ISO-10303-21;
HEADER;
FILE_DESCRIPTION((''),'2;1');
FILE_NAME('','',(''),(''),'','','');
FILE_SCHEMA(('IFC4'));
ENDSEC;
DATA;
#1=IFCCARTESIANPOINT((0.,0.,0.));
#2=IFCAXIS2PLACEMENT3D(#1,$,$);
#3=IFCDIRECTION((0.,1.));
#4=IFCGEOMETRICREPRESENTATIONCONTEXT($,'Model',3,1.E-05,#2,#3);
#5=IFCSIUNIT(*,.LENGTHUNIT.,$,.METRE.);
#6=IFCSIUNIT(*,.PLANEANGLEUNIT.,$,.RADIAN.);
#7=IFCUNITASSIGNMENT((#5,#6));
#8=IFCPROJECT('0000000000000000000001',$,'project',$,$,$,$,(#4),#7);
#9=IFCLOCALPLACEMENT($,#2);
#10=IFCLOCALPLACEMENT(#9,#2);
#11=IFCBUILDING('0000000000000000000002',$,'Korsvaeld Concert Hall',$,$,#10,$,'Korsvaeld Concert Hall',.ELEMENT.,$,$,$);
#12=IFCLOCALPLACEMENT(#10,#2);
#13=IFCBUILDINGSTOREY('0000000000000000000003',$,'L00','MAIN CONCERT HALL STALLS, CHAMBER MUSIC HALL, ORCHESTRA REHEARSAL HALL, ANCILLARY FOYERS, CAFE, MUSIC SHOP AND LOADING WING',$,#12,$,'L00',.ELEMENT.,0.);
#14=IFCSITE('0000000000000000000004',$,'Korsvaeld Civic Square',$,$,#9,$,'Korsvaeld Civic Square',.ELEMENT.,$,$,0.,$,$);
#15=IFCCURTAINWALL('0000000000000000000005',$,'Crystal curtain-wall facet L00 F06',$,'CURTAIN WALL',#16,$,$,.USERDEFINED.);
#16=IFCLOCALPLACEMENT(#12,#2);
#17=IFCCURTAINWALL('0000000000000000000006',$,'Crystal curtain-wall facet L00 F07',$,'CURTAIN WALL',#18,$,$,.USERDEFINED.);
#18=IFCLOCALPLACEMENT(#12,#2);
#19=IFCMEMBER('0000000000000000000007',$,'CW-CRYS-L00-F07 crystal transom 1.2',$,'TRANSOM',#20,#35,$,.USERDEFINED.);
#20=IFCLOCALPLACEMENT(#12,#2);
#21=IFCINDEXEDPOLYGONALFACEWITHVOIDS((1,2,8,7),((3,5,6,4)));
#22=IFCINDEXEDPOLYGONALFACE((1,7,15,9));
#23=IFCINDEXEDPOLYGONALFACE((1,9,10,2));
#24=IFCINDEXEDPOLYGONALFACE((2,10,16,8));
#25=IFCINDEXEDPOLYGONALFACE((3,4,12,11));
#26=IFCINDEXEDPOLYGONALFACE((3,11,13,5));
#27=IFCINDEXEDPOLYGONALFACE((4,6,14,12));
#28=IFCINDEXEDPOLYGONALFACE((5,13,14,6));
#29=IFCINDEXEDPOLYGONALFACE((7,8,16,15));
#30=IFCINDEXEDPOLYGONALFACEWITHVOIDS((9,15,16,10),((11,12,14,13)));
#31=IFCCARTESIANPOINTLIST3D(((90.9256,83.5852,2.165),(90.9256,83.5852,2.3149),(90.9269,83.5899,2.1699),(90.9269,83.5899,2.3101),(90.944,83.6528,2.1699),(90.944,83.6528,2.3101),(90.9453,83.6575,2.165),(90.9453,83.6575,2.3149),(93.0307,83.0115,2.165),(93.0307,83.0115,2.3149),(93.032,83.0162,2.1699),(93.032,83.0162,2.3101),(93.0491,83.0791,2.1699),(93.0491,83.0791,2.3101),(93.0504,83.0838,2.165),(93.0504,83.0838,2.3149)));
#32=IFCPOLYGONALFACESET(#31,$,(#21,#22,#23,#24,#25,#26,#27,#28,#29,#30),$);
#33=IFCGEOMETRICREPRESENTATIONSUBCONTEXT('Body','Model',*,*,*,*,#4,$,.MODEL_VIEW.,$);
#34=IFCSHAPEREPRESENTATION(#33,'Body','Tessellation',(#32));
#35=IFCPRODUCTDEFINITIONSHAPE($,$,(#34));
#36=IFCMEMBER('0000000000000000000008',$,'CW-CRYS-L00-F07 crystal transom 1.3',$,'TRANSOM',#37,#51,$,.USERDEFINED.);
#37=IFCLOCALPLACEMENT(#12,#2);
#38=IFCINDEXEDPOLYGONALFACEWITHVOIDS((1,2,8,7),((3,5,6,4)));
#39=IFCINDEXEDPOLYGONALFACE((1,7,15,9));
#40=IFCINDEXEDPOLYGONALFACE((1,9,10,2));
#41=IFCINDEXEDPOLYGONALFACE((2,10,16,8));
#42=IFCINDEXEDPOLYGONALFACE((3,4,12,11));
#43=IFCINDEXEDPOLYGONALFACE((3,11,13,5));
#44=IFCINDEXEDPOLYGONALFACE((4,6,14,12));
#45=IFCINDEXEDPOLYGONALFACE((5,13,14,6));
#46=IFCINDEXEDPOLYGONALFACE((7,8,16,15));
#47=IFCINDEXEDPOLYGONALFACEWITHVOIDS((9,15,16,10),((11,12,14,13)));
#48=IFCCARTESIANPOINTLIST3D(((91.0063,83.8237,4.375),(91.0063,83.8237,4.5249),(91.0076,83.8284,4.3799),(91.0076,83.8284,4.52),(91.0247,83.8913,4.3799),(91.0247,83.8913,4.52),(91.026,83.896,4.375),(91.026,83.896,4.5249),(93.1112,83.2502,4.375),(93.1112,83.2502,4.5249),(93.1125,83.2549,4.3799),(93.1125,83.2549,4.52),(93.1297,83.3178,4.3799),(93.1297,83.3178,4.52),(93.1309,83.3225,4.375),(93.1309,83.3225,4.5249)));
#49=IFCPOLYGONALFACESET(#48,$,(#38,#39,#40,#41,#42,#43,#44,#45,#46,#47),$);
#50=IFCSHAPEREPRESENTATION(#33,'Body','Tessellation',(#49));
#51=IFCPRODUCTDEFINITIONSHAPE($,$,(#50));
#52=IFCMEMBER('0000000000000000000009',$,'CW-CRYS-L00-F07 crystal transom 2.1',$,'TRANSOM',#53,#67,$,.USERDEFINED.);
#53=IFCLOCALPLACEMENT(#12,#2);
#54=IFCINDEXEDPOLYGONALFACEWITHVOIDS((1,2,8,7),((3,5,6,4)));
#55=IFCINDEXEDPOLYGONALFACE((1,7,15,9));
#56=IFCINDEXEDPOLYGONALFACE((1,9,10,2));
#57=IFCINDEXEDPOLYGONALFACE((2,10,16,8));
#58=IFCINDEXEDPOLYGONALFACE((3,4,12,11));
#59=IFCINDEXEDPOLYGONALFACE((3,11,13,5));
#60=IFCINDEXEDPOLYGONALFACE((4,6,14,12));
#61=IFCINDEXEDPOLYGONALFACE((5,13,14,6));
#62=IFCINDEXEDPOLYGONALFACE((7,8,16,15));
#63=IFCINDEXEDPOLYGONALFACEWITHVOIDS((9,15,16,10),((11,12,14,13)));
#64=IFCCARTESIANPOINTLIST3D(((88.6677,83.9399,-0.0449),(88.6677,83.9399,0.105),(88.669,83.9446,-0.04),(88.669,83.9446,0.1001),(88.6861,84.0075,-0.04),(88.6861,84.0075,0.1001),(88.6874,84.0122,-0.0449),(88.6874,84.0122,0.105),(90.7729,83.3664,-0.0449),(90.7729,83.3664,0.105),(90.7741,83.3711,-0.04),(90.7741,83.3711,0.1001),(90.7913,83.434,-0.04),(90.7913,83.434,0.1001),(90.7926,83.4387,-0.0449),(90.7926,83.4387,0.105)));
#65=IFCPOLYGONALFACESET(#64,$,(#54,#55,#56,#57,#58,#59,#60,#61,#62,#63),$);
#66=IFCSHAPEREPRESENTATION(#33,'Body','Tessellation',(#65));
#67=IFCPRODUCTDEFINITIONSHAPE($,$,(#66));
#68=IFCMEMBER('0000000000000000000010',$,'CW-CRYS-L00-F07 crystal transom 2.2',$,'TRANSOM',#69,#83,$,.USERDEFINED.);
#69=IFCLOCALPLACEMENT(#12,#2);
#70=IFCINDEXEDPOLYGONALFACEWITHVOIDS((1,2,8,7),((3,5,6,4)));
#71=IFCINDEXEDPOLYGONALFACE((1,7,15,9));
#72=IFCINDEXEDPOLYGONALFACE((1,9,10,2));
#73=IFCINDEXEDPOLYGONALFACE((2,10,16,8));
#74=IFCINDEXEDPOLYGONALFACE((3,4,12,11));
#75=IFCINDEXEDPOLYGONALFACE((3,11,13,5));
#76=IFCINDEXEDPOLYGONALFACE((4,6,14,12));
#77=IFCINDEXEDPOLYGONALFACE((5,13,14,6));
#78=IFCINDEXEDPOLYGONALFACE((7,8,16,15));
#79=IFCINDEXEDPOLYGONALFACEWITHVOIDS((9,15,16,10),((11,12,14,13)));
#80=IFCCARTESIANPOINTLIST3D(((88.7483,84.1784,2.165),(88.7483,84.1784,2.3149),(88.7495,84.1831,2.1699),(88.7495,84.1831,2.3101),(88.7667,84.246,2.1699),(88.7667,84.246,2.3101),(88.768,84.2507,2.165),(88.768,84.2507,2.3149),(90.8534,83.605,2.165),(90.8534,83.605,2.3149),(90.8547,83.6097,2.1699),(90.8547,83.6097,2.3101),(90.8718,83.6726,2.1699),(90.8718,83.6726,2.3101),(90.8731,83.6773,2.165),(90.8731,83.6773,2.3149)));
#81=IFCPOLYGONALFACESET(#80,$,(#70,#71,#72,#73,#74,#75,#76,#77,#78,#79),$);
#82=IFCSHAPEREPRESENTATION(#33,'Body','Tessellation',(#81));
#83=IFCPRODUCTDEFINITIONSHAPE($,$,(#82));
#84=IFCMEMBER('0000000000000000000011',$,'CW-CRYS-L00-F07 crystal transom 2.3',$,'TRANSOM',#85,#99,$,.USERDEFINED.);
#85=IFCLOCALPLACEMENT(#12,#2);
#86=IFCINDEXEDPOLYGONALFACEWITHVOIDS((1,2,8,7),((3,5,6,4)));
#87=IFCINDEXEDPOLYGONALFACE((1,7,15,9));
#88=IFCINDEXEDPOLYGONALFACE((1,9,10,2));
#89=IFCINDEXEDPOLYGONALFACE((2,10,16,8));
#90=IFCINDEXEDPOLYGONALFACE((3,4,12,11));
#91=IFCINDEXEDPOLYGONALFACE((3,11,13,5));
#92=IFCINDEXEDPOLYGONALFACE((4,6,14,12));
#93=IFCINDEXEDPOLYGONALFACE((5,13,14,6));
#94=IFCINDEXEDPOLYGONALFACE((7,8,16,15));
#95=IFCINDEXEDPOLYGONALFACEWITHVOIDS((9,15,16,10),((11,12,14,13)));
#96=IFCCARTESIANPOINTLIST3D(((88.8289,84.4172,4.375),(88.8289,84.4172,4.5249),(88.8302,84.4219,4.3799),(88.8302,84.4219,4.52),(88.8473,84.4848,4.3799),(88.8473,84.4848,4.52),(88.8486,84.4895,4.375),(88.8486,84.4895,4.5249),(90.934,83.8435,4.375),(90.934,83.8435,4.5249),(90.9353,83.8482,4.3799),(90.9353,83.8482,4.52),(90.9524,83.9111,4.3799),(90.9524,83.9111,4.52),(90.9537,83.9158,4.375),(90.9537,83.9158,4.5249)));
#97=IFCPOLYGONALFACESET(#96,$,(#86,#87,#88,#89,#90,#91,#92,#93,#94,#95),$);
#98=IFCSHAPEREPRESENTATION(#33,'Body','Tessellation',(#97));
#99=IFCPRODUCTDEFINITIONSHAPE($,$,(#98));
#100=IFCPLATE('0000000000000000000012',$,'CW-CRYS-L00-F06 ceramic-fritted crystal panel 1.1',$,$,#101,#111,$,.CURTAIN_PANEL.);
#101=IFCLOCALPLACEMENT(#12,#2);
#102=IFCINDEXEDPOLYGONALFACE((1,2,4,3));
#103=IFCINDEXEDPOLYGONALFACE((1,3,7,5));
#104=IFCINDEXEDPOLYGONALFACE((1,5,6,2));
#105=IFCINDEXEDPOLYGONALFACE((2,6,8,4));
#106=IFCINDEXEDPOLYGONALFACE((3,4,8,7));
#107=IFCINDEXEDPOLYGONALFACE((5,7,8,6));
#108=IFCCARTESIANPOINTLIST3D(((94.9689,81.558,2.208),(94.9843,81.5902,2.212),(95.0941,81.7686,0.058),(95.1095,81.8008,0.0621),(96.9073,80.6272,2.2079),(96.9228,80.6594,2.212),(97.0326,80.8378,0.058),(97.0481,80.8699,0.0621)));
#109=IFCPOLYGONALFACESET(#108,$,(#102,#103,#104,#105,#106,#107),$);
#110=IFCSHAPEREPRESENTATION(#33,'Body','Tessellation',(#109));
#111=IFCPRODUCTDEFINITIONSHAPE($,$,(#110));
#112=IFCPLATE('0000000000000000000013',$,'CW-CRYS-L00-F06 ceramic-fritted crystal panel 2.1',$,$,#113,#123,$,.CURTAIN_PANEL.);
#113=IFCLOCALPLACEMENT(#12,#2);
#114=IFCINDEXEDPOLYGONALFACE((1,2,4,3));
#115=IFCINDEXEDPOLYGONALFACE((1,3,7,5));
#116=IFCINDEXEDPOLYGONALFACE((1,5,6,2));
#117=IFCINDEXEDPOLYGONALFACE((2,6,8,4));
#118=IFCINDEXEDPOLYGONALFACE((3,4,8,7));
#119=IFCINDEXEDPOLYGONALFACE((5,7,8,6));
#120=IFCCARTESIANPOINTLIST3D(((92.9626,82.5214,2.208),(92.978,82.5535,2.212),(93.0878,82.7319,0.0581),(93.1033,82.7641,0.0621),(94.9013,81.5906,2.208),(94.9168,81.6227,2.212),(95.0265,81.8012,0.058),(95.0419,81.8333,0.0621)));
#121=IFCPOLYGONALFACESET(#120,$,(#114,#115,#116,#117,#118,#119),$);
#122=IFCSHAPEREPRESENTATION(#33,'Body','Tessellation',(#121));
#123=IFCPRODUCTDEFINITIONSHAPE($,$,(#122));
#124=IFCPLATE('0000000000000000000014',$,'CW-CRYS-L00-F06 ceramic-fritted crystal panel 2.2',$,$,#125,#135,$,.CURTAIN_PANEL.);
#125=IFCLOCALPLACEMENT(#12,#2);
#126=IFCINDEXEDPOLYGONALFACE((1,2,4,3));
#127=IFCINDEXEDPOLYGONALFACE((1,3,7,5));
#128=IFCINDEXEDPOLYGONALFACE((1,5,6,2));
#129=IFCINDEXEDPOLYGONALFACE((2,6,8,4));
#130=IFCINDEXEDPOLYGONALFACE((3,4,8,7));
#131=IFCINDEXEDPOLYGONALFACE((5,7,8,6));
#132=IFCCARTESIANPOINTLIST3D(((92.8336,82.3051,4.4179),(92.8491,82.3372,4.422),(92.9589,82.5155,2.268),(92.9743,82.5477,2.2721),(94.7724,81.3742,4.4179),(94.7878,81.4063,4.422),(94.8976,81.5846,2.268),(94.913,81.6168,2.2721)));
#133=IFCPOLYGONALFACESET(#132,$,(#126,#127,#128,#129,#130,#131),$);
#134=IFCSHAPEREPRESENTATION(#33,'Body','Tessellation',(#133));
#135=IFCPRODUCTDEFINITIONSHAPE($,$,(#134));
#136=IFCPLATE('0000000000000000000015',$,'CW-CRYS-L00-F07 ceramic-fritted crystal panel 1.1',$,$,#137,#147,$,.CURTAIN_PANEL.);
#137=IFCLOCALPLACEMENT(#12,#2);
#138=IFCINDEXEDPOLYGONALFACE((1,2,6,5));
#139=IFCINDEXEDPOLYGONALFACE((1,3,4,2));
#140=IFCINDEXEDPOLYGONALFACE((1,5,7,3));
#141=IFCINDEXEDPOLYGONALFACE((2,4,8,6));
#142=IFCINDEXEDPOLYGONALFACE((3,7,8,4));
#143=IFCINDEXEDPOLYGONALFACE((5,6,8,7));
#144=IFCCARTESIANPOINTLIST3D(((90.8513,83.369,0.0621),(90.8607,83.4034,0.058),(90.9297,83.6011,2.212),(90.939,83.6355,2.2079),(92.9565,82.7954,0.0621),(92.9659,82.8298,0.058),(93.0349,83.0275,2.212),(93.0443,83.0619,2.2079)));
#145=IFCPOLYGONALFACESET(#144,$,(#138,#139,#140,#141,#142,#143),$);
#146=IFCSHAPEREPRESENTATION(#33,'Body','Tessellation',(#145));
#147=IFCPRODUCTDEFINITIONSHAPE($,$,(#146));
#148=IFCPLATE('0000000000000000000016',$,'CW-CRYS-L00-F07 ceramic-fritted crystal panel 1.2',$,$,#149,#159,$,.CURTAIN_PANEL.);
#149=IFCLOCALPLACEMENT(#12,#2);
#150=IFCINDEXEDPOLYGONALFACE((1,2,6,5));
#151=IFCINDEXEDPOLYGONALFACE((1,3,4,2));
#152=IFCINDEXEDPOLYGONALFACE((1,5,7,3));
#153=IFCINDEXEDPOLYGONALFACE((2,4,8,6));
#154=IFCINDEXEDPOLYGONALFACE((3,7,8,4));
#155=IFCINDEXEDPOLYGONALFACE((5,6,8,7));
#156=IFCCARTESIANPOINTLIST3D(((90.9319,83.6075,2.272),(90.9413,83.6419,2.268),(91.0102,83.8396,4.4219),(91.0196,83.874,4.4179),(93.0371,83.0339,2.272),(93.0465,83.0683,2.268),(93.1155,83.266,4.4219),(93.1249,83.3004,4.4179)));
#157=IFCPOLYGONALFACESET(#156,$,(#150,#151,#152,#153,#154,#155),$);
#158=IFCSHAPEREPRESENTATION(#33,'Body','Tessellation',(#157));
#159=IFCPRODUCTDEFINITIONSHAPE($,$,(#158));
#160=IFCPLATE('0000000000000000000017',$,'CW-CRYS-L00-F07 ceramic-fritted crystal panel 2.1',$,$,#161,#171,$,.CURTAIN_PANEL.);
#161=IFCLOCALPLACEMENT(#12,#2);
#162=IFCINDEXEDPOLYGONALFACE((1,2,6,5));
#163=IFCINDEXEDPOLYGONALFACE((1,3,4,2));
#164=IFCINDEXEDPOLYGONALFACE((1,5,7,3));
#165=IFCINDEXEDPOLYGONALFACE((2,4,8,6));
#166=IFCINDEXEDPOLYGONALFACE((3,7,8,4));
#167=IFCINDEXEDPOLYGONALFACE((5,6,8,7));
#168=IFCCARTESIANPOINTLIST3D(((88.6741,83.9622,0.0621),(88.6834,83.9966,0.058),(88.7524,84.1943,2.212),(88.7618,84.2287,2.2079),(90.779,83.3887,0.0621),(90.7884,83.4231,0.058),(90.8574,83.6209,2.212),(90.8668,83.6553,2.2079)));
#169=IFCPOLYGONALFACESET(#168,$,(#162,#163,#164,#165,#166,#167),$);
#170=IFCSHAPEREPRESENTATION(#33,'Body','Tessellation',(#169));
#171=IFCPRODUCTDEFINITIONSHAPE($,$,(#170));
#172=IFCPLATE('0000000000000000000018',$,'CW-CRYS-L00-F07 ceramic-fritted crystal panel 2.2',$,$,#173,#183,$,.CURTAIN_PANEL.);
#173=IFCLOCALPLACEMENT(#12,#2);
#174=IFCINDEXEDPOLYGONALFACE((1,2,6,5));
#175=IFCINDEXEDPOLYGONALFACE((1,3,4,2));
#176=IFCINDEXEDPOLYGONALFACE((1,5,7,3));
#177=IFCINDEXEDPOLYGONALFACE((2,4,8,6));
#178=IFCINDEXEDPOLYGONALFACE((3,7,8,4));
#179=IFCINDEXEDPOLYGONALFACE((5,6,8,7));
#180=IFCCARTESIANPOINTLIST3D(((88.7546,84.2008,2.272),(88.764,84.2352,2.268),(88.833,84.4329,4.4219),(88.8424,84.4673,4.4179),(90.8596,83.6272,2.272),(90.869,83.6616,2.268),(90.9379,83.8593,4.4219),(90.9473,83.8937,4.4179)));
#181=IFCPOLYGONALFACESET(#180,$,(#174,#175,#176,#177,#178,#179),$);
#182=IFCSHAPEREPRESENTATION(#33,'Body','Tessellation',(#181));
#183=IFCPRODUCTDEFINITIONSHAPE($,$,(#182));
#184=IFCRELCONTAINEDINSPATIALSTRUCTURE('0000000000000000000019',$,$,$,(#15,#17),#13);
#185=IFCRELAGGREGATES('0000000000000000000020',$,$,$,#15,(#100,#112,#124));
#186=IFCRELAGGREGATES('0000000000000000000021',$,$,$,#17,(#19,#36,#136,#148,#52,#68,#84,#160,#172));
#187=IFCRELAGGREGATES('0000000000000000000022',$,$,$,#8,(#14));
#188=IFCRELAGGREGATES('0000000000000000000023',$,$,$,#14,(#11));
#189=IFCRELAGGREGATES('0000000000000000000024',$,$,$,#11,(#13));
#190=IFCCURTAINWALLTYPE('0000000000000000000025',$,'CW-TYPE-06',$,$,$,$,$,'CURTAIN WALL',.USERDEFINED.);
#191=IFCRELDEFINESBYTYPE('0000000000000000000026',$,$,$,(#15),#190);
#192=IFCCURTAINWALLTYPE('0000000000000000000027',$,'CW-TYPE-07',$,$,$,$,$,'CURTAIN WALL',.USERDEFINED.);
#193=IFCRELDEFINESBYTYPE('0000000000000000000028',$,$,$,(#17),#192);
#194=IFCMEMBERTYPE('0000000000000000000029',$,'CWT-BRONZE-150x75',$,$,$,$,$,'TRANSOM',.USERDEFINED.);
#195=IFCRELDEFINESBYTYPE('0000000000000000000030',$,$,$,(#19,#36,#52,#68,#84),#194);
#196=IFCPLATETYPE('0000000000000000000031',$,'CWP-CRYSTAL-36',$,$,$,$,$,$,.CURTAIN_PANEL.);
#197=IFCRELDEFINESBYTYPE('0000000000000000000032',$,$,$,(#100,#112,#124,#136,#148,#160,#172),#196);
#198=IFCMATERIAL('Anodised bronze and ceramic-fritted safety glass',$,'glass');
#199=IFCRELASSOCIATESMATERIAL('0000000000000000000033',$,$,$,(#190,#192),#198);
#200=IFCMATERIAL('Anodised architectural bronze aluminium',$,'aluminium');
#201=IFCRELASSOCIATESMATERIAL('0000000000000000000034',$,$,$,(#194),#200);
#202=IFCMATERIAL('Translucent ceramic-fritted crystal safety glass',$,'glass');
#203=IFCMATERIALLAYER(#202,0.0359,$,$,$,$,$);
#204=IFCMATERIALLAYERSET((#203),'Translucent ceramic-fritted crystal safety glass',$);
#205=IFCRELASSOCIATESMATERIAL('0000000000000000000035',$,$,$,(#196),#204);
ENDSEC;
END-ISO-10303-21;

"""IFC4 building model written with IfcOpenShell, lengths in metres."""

from ifc_helpers import new_model, si_unit, direction, frame, origin, origin_2d, place, context, subcontext, project, spatial, polyline, hollow_rectangle, outline, extrude, material, layer, layer_set, material_profile, profile_set, type_object, element, aggregate, save


model = new_model("IFC4")

# Units and contexts
model_context = context("Model", 3, precision=1e-05, world=origin(), true_north=direction((0.0, 1.0)))
body_context = subcontext(model_context, "Body", "Model", "MODEL_VIEW")
ifc_project = project(units=[si_unit("LENGTHUNIT", "METRE"), si_unit("PLANEANGLEUNIT", "RADIAN")], contexts=[model_context])

# Site, building, storey
site_placement = place(None, origin())
site = spatial("IfcSite", under=ifc_project, at=site_placement, Name="Korsvaeld Civic Square", LongName="Korsvaeld Civic Square", CompositionType="ELEMENT", RefElevation=0.0)
building_placement = place(site_placement, origin())
building = spatial("IfcBuilding", under=site, at=building_placement, Name="Korsvaeld Concert Hall", LongName="Korsvaeld Concert Hall", CompositionType="ELEMENT")
storey_placement = place(building_placement, origin())
storey = spatial("IfcBuildingStorey", under=building, at=storey_placement, Name="L00", Description="MAIN CONCERT HALL STALLS, CHAMBER MUSIC HALL, ORCHESTRA REHEARSAL HALL, ANCILLARY FOYERS, CAFE, MUSIC SHOP AND LOADING WING", LongName="L00", CompositionType="ELEMENT", Elevation=0.0)

# Curtain walls
ifc_material_1 = material(Name="Anodised bronze and ceramic-fritted safety glass", Category="glass")
curtain_wall_type_1 = type_object("IfcCurtainWallType", Name="CW-TYPE-06", ElementType="CURTAIN WALL", PredefinedType="USERDEFINED", material=ifc_material_1)
curtain_wall_1_placement = place(storey_placement, origin())
curtain_wall_1 = element("IfcCurtainWall", 1, at=curtain_wall_1_placement, inside=storey, type_object=curtain_wall_type_1, Name="Crystal curtain-wall facet L00 F06", ObjectType="CURTAIN WALL", PredefinedType="USERDEFINED")
ifc_material_2 = material(Name="Anodised architectural bronze aluminium", Category="aluminium")
curtain_wall_type_2 = type_object("IfcCurtainWallType", Name="CW-TYPE-07", ElementType="CURTAIN WALL", PredefinedType="USERDEFINED", material=ifc_material_1)
curtain_wall_2_placement = place(storey_placement, origin())
curtain_wall_2 = element("IfcCurtainWall", 2, at=curtain_wall_2_placement, inside=storey, type_object=curtain_wall_type_2, Name="Crystal curtain-wall facet L00 F07", ObjectType="CURTAIN WALL", PredefinedType="USERDEFINED")

# Members
ifc_material_profile_1 = material_profile(ifc_material_2, hollow_rectangle(XDim=0.075, YDim=0.1499, WallThickness=0.0049, at=origin_2d()), Name="CWT 150x75x5")
ifc_profile_set_1 = profile_set([ifc_material_profile_1], Name="Anodised architectural bronze aluminium")
member_type_1 = type_object("IfcMemberType", Name="CWT-BRONZE-150x75", ElementType="TRANSOM", PredefinedType="USERDEFINED", material=ifc_profile_set_1)
member_1_placement = place(storey_placement, frame((93.0405, 83.0476, 2.24), z_axis=(-0.964805, 0.262966, 0.0), x_axis=(-0.262966, -0.964805, 0.0)))
member_1 = element("IfcMember", 3, at=member_1_placement, type_object=member_type_1, Name="CW-CRYS-L00-F07 crystal transom 1.2", ObjectType="TRANSOM", PredefinedType="USERDEFINED", context=body_context, shape_type="SweptSolid", body=[
    extrude(hollow_rectangle(XDim=0.075, YDim=0.1499, WallThickness=0.0049, at=origin_2d()), origin(), (0.0, 0.0, 1.0), 2.1819),
])
member_2_placement = place(storey_placement, frame((93.1211, 83.2864, 4.45), z_axis=(-0.964834, 0.262862, 0.0), x_axis=(-0.262862, -0.964834, 0.0)))
member_2 = element("IfcMember", 4, at=member_2_placement, type_object=member_type_1, Name="CW-CRYS-L00-F07 crystal transom 1.3", ObjectType="TRANSOM", PredefinedType="USERDEFINED", context=body_context, shape_type="SweptSolid", body=[
    extrude(hollow_rectangle(XDim=0.075, YDim=0.1499, WallThickness=0.0049, at=origin_2d()), origin(), (0.0, 0.0, 1.0), 2.1816),
])
member_3_placement = place(storey_placement, frame((90.7827, 83.4026, 0.03), z_axis=(-0.964841, 0.262833, 0.0), x_axis=(-0.262833, -0.964841, 0.0)))
member_3 = element("IfcMember", 5, at=member_3_placement, type_object=member_type_1, Name="CW-CRYS-L00-F07 crystal transom 2.1", ObjectType="TRANSOM", PredefinedType="USERDEFINED", context=body_context, shape_type="SweptSolid", body=[
    extrude(hollow_rectangle(XDim=0.075, YDim=0.1499, WallThickness=0.0049, at=origin_2d()), origin(), (0.0, 0.0, 1.0), 2.1819),
])
member_4_placement = place(storey_placement, frame((90.8633, 83.6411, 2.24), z_axis=(-0.964841, 0.262833, 0.0), x_axis=(-0.262833, -0.964841, 0.0)))
member_4 = element("IfcMember", 6, at=member_4_placement, type_object=member_type_1, Name="CW-CRYS-L00-F07 crystal transom 2.2", ObjectType="TRANSOM", PredefinedType="USERDEFINED", context=body_context, shape_type="SweptSolid", body=[
    extrude(hollow_rectangle(XDim=0.075, YDim=0.1499, WallThickness=0.0049, at=origin_2d()), origin(), (0.0, 0.0, 1.0), 2.1819),
])
member_5_placement = place(storey_placement, frame((90.9438, 83.8796, 4.45), z_axis=(-0.964813, 0.262938, 0.0), x_axis=(-0.262938, -0.964813, 0.0)))
member_5 = element("IfcMember", 7, at=member_5_placement, type_object=member_type_1, Name="CW-CRYS-L00-F07 crystal transom 2.3", ObjectType="TRANSOM", PredefinedType="USERDEFINED", context=body_context, shape_type="SweptSolid", body=[
    extrude(hollow_rectangle(XDim=0.075, YDim=0.1499, WallThickness=0.0049, at=origin_2d()), origin(), (0.0, 0.0, 1.0), 2.1819),
])

# Plates
ifc_material_3 = material(Name="Translucent ceramic-fritted crystal safety glass", Category="glass")
ifc_layer = layer(ifc_material_3, 0.0359)
ifc_layer_set = layer_set([ifc_layer], Name="Translucent ceramic-fritted crystal safety glass")
plate_type = type_object("IfcPlateType", Name="CWP-CRYSTAL-36", PredefinedType="CURTAIN_PANEL", material=ifc_layer_set)
plate_1_placement = place(storey_placement, frame((97.0403, 80.8538, 0.0601), z_axis=(0.430089, 0.895714, 0.112785), x_axis=(-0.901465, 0.432852, -0.000006)))
plate_1 = element("IfcPlate", 8, at=plate_1_placement, type_object=plate_type, Name="CW-CRYS-L00-F06 ceramic-fritted crystal panel 1.1", PredefinedType="CURTAIN_PANEL", context=body_context, shape_type="SweptSolid", body=[
    extrude(outline(polyline([(0.0, 0.0), (2.1504, 0.0), (2.1721, 2.1637), (0.0218, 2.1637), (0.0, 0.0)])), frame((0.0, 0.0, 0.0181)), (0.0, 0.0, -1.0), 0.0359),
])
plate_2_placement = place(storey_placement, frame((95.0342, 81.8171, 0.0601), z_axis=(0.430045, 0.895735, 0.112785), x_axis=(-0.901487, 0.432806, 0.000006)))
plate_2 = element("IfcPlate", 9, at=plate_2_placement, type_object=plate_type, Name="CW-CRYS-L00-F06 ceramic-fritted crystal panel 2.1", PredefinedType="CURTAIN_PANEL", context=body_context, shape_type="SweptSolid", body=[
    extrude(outline(polyline([(0.0, 0.0), (2.1505, 0.0), (2.1724, 2.1637), (0.0217, 2.1637), (0.0, 0.0)])), frame((0.0, 0.0, 0.0181)), (0.0, 0.0, -1.0), 0.0359),
])
plate_3_placement = place(storey_placement, frame((94.9053, 81.6006, 2.27), z_axis=(0.430093, 0.895718, 0.112735), x_axis=(-0.901465, 0.432853, 0.0)))
plate_3 = element("IfcPlate", 10, at=plate_3_placement, type_object=plate_type, Name="CW-CRYS-L00-F06 ceramic-fritted crystal panel 2.2", PredefinedType="CURTAIN_PANEL", context=body_context, shape_type="SweptSolid", body=[
    extrude(outline(polyline([(0.0, 0.0), (2.1506, 0.0), (2.1724, 2.1637), (0.0218, 2.1637), (0.0, 0.0)])), frame((0.0, 0.0, 0.0181)), (0.0, 0.0, -1.0), 0.0359),
])
aggregate(curtain_wall_1, [plate_1, plate_2, plate_3])
plate_4_placement = place(storey_placement, frame((92.9612, 82.8125, 0.0601), z_axis=(0.261202, 0.958648, -0.112996), x_axis=(-0.964827, 0.262885, -0.000006)))
plate_4 = element("IfcPlate", 11, at=plate_4_placement, type_object=plate_type, Name="CW-CRYS-L00-F07 ceramic-fritted crystal panel 1.1", PredefinedType="CURTAIN_PANEL", context=body_context, shape_type="SweptSolid", body=[
    extrude(outline(polyline([(0.0, 0.0), (2.1819, 0.0), (2.1673, 2.1638), (-0.0147, 2.1637), (0.0, 0.0)])), frame((0.0, 0.0, 0.0181)), (0.0, 0.0, -1.0), 0.0359),
])
plate_5_placement = place(storey_placement, frame((93.0417, 83.051, 2.27), z_axis=(0.261202, 0.958648, -0.112996), x_axis=(-0.964827, 0.262885, -0.000006)))
plate_5 = element("IfcPlate", 12, at=plate_5_placement, type_object=plate_type, Name="CW-CRYS-L00-F07 ceramic-fritted crystal panel 1.2", PredefinedType="CURTAIN_PANEL", context=body_context, shape_type="SweptSolid", body=[
    extrude(outline(polyline([(0.0, 0.0), (2.1819, 0.0), (2.1673, 2.1638), (-0.0147, 2.1637), (0.0, 0.0)])), frame((0.0, 0.0, 0.0181)), (0.0, 0.0, -1.0), 0.0359),
])
plate_6_placement = place(storey_placement, frame((90.7837, 83.4058, 0.0601), z_axis=(0.261177, 0.958648, -0.113049), x_axis=(-0.964834, 0.262862, 0.0)))
plate_6 = element("IfcPlate", 13, at=plate_6_placement, type_object=plate_type, Name="CW-CRYS-L00-F07 ceramic-fritted crystal panel 2.1", PredefinedType="CURTAIN_PANEL", context=body_context, shape_type="SweptSolid", body=[
    extrude(outline(polyline([(0.0, 0.0), (2.1817, 0.0), (2.1671, 2.1638), (-0.0146, 2.1638), (0.0, 0.0)])), frame((0.0, 0.0, 0.0181)), (0.0, 0.0, -1.0), 0.0359),
])
plate_7_placement = place(storey_placement, frame((90.8643, 83.6443, 2.27), z_axis=(0.26123, 0.95864, -0.112996), x_axis=(-0.964819, 0.262914, 0.000006)))
plate_7 = element("IfcPlate", 14, at=plate_7_placement, type_object=plate_type, Name="CW-CRYS-L00-F07 ceramic-fritted crystal panel 2.2", PredefinedType="CURTAIN_PANEL", context=body_context, shape_type="SweptSolid", body=[
    extrude(outline(polyline([(0.0, 0.0), (2.1818, 0.0), (2.1671, 2.1637), (-0.0146, 2.1638), (0.0, 0.0)])), frame((0.0, 0.0, 0.0181)), (0.0, 0.0, -1.0), 0.0359),
])
aggregate(curtain_wall_2, [member_1, member_2, plate_4, plate_5, member_3, member_4, member_5, plate_6, plate_7])

save(model, "model.ifc")
